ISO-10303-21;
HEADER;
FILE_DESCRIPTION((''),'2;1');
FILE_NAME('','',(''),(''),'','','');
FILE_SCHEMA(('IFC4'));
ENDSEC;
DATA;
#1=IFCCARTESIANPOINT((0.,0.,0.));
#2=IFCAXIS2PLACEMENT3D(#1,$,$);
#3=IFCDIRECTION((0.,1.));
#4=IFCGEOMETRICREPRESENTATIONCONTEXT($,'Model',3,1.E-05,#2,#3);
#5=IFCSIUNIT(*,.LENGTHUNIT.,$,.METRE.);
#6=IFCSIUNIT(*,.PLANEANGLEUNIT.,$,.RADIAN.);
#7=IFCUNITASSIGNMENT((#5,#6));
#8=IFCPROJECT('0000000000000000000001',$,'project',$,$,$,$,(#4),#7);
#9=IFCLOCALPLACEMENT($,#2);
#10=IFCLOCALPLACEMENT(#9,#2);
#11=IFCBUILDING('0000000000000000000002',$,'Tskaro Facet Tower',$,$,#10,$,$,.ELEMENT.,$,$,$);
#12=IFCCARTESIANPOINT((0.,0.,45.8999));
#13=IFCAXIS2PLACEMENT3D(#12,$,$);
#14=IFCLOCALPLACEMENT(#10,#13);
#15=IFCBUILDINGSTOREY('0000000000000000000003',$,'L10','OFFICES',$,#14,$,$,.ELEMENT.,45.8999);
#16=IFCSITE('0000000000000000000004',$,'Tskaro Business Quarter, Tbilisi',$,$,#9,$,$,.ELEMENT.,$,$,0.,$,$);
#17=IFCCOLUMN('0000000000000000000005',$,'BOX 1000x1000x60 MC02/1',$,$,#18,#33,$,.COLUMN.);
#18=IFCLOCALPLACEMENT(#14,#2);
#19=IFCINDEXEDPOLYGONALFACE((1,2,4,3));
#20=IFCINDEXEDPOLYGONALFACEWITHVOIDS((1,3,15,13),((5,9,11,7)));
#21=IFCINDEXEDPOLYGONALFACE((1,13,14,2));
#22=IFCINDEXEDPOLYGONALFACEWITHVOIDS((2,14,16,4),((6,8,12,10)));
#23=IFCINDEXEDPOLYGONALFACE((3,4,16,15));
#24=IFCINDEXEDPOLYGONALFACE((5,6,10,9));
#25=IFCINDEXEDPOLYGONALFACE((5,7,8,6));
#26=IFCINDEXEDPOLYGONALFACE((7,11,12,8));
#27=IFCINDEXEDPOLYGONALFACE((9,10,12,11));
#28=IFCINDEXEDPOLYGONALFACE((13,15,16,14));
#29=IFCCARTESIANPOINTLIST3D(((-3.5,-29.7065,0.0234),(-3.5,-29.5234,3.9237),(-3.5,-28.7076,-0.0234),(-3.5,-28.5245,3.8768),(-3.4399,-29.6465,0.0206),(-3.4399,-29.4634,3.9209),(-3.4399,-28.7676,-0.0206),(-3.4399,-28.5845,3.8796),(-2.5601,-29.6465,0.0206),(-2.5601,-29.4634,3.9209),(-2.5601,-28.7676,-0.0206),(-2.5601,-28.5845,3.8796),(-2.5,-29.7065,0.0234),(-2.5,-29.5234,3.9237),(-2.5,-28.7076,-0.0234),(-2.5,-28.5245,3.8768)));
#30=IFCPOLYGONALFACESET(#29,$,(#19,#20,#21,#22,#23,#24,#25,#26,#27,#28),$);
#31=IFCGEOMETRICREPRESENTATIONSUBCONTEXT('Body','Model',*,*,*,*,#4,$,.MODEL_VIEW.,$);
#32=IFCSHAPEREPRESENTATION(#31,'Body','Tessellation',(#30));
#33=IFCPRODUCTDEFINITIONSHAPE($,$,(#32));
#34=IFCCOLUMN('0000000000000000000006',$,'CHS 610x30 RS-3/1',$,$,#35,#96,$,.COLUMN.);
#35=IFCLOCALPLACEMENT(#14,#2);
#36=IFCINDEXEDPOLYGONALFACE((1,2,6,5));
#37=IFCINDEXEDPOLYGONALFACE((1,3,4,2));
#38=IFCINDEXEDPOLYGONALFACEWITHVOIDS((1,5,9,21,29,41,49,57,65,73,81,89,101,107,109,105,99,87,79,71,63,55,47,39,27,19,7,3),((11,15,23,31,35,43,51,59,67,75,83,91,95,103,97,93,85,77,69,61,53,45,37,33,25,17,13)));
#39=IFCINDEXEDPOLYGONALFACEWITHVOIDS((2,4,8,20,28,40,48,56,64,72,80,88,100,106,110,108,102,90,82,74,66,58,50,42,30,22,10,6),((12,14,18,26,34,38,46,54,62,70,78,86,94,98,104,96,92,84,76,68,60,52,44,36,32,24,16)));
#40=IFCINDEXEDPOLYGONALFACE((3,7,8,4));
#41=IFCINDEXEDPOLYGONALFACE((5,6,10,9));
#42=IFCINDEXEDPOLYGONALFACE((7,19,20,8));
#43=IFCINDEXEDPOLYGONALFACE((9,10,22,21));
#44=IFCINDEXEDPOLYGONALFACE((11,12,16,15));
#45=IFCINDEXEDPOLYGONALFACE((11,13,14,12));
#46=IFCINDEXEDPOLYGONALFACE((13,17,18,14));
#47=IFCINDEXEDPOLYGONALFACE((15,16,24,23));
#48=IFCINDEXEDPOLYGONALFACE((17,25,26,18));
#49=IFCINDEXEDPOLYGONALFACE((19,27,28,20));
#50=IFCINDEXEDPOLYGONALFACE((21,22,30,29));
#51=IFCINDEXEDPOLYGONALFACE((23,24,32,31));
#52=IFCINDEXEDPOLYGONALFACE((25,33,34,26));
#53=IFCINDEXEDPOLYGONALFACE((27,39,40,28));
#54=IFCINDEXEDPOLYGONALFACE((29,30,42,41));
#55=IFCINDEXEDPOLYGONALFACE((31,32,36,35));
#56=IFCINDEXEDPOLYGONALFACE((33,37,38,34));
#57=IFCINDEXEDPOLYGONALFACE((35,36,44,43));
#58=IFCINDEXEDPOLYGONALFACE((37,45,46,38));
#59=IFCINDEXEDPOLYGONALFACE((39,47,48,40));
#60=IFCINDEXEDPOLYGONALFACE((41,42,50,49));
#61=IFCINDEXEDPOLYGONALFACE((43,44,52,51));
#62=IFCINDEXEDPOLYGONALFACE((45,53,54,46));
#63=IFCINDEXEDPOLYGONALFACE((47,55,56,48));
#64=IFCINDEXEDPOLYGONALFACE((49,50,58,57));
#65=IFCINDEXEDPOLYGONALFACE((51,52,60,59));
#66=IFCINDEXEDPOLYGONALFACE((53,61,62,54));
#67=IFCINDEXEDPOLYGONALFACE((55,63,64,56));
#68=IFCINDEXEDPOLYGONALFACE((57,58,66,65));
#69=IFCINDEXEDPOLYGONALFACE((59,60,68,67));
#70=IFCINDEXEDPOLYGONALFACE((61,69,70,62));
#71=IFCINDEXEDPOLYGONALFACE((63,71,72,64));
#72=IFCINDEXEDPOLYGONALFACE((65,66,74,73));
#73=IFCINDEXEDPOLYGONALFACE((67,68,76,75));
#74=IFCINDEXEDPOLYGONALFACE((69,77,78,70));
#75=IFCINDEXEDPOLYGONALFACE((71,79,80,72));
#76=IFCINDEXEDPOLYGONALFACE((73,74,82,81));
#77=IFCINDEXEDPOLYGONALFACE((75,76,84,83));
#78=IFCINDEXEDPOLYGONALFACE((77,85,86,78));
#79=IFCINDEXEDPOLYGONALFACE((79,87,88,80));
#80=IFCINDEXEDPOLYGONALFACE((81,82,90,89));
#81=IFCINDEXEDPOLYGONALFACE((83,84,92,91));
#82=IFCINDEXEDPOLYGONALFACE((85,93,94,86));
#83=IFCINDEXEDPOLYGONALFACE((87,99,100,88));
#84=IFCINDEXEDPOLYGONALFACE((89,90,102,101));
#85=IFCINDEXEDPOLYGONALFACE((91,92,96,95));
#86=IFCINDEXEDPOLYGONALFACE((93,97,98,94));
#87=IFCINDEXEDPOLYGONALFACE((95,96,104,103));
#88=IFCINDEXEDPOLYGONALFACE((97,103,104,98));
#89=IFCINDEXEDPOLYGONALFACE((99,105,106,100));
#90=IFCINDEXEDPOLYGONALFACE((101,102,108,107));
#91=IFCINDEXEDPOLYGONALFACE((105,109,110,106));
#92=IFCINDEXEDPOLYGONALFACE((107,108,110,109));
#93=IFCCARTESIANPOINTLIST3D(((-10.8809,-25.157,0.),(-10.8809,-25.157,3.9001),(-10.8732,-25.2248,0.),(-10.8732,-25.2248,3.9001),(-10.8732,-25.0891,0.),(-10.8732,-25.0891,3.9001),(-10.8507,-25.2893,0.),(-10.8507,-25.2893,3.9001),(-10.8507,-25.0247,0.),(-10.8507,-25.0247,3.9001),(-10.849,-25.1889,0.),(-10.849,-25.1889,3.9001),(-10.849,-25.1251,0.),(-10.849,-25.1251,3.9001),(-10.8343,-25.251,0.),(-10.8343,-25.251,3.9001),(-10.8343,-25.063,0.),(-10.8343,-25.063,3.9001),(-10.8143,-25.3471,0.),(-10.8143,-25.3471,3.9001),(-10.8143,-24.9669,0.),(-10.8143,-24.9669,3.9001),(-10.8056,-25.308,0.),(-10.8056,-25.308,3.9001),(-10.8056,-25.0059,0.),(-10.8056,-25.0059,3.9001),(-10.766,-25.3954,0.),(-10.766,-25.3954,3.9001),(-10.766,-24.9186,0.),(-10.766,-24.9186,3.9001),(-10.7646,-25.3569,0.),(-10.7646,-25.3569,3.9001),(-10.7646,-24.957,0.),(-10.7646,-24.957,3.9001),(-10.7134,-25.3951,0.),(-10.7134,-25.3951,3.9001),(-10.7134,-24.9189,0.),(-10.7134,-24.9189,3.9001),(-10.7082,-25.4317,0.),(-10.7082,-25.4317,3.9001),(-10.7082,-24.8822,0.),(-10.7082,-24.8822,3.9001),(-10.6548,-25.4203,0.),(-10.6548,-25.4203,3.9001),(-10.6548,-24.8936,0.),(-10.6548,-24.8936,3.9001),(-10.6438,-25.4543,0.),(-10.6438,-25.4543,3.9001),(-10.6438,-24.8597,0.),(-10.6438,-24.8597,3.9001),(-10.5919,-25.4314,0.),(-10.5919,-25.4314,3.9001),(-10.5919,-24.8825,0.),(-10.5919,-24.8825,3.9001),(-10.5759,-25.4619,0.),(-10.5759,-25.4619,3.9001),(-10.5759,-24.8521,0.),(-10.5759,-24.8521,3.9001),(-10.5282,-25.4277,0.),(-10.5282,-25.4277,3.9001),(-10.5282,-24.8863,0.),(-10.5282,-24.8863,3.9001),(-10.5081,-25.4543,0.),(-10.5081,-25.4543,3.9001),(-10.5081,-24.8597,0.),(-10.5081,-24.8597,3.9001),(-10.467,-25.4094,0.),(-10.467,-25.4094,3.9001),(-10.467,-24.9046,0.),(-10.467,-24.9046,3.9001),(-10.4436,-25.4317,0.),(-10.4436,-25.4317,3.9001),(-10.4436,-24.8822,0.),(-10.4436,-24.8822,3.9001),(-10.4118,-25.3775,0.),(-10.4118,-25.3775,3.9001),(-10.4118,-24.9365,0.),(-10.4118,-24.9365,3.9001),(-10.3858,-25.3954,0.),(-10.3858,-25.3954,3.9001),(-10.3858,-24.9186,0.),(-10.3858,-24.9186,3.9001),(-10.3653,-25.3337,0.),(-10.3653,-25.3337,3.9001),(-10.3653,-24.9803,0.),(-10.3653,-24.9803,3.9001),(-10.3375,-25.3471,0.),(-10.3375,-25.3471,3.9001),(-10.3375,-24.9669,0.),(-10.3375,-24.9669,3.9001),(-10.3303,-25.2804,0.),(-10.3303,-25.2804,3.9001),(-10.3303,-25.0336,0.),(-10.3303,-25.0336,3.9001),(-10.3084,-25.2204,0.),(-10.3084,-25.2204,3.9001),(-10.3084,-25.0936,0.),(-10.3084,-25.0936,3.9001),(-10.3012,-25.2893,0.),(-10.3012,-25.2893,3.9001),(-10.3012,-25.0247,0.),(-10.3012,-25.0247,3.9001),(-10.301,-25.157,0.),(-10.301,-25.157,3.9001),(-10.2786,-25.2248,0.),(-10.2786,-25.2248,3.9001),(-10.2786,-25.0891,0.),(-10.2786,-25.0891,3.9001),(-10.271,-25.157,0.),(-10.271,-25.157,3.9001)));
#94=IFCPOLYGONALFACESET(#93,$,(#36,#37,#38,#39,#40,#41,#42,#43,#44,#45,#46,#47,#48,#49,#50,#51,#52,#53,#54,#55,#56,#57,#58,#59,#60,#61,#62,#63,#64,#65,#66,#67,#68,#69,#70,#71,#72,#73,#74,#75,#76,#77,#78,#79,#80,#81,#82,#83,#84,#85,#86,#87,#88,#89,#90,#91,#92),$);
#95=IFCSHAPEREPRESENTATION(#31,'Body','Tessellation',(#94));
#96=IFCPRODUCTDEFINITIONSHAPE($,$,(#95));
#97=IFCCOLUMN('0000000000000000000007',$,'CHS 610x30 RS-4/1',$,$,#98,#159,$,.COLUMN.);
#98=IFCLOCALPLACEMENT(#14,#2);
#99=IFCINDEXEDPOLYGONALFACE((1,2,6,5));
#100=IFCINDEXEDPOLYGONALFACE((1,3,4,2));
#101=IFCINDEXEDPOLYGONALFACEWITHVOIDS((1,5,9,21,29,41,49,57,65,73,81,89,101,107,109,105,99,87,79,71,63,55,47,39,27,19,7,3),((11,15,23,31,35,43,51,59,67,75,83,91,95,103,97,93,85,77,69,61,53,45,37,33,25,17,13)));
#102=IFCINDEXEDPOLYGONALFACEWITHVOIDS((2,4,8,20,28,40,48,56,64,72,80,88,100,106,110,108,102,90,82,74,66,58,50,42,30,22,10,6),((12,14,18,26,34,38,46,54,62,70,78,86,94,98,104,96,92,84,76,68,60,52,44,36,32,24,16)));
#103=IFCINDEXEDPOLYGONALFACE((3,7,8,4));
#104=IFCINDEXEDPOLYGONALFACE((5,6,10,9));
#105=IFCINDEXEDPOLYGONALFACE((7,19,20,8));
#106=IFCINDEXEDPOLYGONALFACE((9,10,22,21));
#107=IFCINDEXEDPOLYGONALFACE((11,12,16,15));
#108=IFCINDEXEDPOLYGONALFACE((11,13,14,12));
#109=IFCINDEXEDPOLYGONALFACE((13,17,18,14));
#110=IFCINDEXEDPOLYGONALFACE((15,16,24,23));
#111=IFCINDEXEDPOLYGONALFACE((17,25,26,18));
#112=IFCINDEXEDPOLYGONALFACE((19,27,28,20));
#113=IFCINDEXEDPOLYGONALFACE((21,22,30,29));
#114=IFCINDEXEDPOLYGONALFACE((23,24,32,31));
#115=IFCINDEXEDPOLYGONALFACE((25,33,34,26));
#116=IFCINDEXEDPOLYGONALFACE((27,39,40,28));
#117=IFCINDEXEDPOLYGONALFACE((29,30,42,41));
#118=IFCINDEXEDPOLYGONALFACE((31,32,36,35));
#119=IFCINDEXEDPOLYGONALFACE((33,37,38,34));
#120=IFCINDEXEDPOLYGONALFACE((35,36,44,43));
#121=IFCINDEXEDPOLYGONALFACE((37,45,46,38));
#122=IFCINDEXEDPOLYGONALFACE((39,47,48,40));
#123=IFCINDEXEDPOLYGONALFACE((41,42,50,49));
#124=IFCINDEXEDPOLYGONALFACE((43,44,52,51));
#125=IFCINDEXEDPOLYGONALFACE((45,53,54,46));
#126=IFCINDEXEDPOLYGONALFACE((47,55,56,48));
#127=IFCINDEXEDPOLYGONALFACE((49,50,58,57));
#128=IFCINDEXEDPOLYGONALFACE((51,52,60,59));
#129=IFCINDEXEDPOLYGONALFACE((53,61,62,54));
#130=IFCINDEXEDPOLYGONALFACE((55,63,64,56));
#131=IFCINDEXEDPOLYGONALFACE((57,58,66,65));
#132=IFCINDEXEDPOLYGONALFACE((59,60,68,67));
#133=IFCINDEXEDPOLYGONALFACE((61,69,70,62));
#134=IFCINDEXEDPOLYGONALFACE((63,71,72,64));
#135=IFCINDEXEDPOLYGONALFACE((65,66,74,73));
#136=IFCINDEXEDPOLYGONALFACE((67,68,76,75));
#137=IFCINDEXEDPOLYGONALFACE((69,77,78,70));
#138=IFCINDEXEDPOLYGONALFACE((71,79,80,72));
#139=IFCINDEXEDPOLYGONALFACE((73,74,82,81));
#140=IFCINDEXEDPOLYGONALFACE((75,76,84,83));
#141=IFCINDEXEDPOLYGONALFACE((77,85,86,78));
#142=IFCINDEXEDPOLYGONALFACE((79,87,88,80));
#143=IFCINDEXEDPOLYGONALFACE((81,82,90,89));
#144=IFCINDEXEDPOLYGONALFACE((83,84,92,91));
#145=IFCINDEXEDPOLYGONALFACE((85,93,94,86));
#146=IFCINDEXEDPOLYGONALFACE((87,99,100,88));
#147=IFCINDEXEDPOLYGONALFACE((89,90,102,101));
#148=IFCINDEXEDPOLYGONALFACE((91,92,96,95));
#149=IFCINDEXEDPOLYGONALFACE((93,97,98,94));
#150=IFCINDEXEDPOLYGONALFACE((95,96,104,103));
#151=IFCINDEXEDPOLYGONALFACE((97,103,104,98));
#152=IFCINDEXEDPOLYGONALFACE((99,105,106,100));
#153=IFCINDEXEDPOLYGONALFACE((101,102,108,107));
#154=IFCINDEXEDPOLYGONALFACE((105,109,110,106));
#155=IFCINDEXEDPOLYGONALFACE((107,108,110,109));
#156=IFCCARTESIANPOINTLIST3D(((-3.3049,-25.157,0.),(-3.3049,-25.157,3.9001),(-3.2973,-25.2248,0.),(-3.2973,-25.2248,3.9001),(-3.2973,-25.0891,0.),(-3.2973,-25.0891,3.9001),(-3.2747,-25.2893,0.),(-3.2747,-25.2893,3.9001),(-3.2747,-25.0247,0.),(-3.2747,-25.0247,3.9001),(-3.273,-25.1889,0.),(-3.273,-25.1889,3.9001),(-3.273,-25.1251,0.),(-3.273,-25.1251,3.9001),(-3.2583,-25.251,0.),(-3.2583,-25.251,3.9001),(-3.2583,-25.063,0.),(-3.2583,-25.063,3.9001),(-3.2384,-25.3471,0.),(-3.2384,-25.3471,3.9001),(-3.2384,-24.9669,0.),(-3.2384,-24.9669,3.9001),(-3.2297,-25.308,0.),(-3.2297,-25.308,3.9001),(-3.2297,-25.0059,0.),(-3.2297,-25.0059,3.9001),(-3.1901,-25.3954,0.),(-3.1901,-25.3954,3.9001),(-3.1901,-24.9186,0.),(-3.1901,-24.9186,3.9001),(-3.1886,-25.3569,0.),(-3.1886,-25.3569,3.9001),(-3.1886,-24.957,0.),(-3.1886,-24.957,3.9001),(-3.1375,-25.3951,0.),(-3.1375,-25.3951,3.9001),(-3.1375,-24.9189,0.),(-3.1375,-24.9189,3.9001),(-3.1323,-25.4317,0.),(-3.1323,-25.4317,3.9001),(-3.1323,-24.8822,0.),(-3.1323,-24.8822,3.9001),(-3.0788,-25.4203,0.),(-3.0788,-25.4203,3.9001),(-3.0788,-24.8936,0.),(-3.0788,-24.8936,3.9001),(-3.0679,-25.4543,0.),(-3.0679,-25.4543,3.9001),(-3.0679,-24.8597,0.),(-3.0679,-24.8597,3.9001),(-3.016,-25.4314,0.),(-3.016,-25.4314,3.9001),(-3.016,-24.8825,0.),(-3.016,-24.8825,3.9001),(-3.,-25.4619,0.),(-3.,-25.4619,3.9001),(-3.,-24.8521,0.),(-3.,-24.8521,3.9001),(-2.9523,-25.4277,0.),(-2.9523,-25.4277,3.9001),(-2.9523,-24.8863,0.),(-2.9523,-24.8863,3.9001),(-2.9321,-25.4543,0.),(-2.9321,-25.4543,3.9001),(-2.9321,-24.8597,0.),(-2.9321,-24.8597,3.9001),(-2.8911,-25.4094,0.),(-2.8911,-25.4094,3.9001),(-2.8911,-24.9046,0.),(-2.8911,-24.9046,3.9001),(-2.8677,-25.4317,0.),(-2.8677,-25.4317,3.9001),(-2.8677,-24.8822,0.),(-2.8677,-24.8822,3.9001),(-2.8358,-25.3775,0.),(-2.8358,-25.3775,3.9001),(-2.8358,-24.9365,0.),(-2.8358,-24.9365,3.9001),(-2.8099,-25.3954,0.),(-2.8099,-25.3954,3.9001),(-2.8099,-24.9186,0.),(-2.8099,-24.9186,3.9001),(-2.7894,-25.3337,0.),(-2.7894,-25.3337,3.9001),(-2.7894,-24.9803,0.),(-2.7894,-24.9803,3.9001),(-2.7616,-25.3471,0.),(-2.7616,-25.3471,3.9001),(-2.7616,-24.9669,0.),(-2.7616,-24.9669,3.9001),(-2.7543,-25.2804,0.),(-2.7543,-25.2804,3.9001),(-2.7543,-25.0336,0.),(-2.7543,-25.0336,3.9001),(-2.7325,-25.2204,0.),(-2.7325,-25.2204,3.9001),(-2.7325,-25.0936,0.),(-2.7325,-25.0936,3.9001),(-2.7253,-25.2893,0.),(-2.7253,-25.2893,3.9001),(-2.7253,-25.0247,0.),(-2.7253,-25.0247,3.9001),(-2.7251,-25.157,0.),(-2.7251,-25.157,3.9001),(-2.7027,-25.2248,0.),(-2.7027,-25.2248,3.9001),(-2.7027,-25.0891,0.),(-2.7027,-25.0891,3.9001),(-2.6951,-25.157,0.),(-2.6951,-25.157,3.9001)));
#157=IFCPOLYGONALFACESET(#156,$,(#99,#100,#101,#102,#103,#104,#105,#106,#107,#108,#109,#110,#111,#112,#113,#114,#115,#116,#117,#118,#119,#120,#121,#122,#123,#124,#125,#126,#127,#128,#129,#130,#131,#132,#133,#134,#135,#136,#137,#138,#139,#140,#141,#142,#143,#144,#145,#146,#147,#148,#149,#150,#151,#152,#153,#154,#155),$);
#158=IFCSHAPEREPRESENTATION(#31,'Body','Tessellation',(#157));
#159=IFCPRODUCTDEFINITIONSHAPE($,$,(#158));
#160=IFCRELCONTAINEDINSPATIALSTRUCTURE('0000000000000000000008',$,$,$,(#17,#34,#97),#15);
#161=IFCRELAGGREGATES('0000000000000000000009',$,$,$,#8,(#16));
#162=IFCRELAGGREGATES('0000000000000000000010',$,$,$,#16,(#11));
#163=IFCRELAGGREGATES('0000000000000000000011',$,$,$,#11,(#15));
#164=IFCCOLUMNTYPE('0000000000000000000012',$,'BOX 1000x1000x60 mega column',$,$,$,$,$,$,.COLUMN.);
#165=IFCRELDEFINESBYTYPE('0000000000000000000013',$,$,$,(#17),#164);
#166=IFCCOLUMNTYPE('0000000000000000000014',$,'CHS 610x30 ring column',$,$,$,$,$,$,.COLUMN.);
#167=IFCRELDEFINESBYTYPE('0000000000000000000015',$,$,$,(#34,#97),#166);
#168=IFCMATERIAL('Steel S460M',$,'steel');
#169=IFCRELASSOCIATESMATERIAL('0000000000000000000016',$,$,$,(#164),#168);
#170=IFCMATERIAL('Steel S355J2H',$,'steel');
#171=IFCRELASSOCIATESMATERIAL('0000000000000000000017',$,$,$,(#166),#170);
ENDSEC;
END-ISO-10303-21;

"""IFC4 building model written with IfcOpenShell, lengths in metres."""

from ifc_helpers import new_model, si_unit, direction, frame, origin, origin_2d, place, context, subcontext, project, spatial, hollow_rectangle, hollow_circle, extrude, material, material_profile, profile_set, type_object, element, save


model = new_model("IFC4")

# Units and contexts
model_context = context("Model", 3, precision=1e-05, world=origin(), true_north=direction((0.0, 1.0)))
body_context = subcontext(model_context, "Body", "Model", "MODEL_VIEW")
ifc_project = project(units=[si_unit("LENGTHUNIT", "METRE"), si_unit("PLANEANGLEUNIT", "RADIAN")], contexts=[model_context])

# Site, building, storey
site_placement = place(None, origin())
site = spatial("IfcSite", under=ifc_project, at=site_placement, Name="Tskaro Business Quarter, Tbilisi", CompositionType="ELEMENT", RefElevation=0.0)
building_placement = place(site_placement, origin())
building = spatial("IfcBuilding", under=site, at=building_placement, Name="Tskaro Facet Tower", CompositionType="ELEMENT")
storey_placement = place(building_placement, frame((0.0, 0.0, 45.8999)))
storey = spatial("IfcBuildingStorey", under=building, at=storey_placement, Name="L10", Description="OFFICES", CompositionType="ELEMENT", Elevation=45.8999)

# Columns
ifc_material_1 = material(Name="Steel S460M", Category="steel")
ifc_material_profile_1 = material_profile(ifc_material_1, hollow_rectangle(XDim=1.0, YDim=1.0, WallThickness=0.0601, at=origin_2d()), Name="BOX 1000x1000x60")
ifc_profile_set_1 = profile_set([ifc_material_profile_1], Name="Steel S460M")
column_type_1 = type_object("IfcColumnType", Name="BOX 1000x1000x60 mega column", PredefinedType="COLUMN", material=ifc_profile_set_1)
column_placement = place(storey_placement, frame((-3.0, -29.207, 0.0), z_axis=(0.0, 0.046897, 0.9989), x_axis=(-1.0, 0.0, 0.0)))
element("IfcColumn", 1, at=column_placement, inside=storey, type_object=column_type_1, Name="BOX 1000x1000x60 MC02/1", PredefinedType="COLUMN", context=body_context, shape_type="SweptSolid", body=[
    extrude(hollow_rectangle(XDim=1.0, YDim=1.0, WallThickness=0.0601, at=origin_2d()), origin(), (0.0, 0.0, 1.0), 3.9045),
])
ifc_material_2 = material(Name="Steel S355J2H", Category="steel")
ifc_material_profile_2 = material_profile(ifc_material_2, hollow_circle(Radius=0.3049, WallThickness=0.03, at=origin_2d()), Name="CHS 610x30")
ifc_profile_set_2 = profile_set([ifc_material_profile_2], Name="Steel S355J2H")
column_type_2 = type_object("IfcColumnType", Name="CHS 610x30 ring column", PredefinedType="COLUMN", material=ifc_profile_set_2)
for number, where, z_axis, x_axis, name in (
    (2, (-10.5759, -25.157, 0.0), (0.0, 0.0, 1.0), (1.0, 0.0, 0.0), "CHS 610x30 RS-3/1"),
    (3, (-3.0, -25.157, 0.0), (0.0, 0.0, 1.0), (1.0, 0.0, 0.0), "CHS 610x30 RS-4/1"),
):
    element("IfcColumn", number, at=place(storey_placement, frame(where, z_axis=z_axis, x_axis=x_axis)), inside=storey, type_object=column_type_2, Name=name, PredefinedType="COLUMN", context=body_context, shape_type="SweptSolid", body=[
        extrude(hollow_circle(Radius=0.3049, WallThickness=0.03, at=origin_2d()), origin(), (0.0, 0.0, 1.0), 3.9001),
    ])

save(model, "model.ifc")
